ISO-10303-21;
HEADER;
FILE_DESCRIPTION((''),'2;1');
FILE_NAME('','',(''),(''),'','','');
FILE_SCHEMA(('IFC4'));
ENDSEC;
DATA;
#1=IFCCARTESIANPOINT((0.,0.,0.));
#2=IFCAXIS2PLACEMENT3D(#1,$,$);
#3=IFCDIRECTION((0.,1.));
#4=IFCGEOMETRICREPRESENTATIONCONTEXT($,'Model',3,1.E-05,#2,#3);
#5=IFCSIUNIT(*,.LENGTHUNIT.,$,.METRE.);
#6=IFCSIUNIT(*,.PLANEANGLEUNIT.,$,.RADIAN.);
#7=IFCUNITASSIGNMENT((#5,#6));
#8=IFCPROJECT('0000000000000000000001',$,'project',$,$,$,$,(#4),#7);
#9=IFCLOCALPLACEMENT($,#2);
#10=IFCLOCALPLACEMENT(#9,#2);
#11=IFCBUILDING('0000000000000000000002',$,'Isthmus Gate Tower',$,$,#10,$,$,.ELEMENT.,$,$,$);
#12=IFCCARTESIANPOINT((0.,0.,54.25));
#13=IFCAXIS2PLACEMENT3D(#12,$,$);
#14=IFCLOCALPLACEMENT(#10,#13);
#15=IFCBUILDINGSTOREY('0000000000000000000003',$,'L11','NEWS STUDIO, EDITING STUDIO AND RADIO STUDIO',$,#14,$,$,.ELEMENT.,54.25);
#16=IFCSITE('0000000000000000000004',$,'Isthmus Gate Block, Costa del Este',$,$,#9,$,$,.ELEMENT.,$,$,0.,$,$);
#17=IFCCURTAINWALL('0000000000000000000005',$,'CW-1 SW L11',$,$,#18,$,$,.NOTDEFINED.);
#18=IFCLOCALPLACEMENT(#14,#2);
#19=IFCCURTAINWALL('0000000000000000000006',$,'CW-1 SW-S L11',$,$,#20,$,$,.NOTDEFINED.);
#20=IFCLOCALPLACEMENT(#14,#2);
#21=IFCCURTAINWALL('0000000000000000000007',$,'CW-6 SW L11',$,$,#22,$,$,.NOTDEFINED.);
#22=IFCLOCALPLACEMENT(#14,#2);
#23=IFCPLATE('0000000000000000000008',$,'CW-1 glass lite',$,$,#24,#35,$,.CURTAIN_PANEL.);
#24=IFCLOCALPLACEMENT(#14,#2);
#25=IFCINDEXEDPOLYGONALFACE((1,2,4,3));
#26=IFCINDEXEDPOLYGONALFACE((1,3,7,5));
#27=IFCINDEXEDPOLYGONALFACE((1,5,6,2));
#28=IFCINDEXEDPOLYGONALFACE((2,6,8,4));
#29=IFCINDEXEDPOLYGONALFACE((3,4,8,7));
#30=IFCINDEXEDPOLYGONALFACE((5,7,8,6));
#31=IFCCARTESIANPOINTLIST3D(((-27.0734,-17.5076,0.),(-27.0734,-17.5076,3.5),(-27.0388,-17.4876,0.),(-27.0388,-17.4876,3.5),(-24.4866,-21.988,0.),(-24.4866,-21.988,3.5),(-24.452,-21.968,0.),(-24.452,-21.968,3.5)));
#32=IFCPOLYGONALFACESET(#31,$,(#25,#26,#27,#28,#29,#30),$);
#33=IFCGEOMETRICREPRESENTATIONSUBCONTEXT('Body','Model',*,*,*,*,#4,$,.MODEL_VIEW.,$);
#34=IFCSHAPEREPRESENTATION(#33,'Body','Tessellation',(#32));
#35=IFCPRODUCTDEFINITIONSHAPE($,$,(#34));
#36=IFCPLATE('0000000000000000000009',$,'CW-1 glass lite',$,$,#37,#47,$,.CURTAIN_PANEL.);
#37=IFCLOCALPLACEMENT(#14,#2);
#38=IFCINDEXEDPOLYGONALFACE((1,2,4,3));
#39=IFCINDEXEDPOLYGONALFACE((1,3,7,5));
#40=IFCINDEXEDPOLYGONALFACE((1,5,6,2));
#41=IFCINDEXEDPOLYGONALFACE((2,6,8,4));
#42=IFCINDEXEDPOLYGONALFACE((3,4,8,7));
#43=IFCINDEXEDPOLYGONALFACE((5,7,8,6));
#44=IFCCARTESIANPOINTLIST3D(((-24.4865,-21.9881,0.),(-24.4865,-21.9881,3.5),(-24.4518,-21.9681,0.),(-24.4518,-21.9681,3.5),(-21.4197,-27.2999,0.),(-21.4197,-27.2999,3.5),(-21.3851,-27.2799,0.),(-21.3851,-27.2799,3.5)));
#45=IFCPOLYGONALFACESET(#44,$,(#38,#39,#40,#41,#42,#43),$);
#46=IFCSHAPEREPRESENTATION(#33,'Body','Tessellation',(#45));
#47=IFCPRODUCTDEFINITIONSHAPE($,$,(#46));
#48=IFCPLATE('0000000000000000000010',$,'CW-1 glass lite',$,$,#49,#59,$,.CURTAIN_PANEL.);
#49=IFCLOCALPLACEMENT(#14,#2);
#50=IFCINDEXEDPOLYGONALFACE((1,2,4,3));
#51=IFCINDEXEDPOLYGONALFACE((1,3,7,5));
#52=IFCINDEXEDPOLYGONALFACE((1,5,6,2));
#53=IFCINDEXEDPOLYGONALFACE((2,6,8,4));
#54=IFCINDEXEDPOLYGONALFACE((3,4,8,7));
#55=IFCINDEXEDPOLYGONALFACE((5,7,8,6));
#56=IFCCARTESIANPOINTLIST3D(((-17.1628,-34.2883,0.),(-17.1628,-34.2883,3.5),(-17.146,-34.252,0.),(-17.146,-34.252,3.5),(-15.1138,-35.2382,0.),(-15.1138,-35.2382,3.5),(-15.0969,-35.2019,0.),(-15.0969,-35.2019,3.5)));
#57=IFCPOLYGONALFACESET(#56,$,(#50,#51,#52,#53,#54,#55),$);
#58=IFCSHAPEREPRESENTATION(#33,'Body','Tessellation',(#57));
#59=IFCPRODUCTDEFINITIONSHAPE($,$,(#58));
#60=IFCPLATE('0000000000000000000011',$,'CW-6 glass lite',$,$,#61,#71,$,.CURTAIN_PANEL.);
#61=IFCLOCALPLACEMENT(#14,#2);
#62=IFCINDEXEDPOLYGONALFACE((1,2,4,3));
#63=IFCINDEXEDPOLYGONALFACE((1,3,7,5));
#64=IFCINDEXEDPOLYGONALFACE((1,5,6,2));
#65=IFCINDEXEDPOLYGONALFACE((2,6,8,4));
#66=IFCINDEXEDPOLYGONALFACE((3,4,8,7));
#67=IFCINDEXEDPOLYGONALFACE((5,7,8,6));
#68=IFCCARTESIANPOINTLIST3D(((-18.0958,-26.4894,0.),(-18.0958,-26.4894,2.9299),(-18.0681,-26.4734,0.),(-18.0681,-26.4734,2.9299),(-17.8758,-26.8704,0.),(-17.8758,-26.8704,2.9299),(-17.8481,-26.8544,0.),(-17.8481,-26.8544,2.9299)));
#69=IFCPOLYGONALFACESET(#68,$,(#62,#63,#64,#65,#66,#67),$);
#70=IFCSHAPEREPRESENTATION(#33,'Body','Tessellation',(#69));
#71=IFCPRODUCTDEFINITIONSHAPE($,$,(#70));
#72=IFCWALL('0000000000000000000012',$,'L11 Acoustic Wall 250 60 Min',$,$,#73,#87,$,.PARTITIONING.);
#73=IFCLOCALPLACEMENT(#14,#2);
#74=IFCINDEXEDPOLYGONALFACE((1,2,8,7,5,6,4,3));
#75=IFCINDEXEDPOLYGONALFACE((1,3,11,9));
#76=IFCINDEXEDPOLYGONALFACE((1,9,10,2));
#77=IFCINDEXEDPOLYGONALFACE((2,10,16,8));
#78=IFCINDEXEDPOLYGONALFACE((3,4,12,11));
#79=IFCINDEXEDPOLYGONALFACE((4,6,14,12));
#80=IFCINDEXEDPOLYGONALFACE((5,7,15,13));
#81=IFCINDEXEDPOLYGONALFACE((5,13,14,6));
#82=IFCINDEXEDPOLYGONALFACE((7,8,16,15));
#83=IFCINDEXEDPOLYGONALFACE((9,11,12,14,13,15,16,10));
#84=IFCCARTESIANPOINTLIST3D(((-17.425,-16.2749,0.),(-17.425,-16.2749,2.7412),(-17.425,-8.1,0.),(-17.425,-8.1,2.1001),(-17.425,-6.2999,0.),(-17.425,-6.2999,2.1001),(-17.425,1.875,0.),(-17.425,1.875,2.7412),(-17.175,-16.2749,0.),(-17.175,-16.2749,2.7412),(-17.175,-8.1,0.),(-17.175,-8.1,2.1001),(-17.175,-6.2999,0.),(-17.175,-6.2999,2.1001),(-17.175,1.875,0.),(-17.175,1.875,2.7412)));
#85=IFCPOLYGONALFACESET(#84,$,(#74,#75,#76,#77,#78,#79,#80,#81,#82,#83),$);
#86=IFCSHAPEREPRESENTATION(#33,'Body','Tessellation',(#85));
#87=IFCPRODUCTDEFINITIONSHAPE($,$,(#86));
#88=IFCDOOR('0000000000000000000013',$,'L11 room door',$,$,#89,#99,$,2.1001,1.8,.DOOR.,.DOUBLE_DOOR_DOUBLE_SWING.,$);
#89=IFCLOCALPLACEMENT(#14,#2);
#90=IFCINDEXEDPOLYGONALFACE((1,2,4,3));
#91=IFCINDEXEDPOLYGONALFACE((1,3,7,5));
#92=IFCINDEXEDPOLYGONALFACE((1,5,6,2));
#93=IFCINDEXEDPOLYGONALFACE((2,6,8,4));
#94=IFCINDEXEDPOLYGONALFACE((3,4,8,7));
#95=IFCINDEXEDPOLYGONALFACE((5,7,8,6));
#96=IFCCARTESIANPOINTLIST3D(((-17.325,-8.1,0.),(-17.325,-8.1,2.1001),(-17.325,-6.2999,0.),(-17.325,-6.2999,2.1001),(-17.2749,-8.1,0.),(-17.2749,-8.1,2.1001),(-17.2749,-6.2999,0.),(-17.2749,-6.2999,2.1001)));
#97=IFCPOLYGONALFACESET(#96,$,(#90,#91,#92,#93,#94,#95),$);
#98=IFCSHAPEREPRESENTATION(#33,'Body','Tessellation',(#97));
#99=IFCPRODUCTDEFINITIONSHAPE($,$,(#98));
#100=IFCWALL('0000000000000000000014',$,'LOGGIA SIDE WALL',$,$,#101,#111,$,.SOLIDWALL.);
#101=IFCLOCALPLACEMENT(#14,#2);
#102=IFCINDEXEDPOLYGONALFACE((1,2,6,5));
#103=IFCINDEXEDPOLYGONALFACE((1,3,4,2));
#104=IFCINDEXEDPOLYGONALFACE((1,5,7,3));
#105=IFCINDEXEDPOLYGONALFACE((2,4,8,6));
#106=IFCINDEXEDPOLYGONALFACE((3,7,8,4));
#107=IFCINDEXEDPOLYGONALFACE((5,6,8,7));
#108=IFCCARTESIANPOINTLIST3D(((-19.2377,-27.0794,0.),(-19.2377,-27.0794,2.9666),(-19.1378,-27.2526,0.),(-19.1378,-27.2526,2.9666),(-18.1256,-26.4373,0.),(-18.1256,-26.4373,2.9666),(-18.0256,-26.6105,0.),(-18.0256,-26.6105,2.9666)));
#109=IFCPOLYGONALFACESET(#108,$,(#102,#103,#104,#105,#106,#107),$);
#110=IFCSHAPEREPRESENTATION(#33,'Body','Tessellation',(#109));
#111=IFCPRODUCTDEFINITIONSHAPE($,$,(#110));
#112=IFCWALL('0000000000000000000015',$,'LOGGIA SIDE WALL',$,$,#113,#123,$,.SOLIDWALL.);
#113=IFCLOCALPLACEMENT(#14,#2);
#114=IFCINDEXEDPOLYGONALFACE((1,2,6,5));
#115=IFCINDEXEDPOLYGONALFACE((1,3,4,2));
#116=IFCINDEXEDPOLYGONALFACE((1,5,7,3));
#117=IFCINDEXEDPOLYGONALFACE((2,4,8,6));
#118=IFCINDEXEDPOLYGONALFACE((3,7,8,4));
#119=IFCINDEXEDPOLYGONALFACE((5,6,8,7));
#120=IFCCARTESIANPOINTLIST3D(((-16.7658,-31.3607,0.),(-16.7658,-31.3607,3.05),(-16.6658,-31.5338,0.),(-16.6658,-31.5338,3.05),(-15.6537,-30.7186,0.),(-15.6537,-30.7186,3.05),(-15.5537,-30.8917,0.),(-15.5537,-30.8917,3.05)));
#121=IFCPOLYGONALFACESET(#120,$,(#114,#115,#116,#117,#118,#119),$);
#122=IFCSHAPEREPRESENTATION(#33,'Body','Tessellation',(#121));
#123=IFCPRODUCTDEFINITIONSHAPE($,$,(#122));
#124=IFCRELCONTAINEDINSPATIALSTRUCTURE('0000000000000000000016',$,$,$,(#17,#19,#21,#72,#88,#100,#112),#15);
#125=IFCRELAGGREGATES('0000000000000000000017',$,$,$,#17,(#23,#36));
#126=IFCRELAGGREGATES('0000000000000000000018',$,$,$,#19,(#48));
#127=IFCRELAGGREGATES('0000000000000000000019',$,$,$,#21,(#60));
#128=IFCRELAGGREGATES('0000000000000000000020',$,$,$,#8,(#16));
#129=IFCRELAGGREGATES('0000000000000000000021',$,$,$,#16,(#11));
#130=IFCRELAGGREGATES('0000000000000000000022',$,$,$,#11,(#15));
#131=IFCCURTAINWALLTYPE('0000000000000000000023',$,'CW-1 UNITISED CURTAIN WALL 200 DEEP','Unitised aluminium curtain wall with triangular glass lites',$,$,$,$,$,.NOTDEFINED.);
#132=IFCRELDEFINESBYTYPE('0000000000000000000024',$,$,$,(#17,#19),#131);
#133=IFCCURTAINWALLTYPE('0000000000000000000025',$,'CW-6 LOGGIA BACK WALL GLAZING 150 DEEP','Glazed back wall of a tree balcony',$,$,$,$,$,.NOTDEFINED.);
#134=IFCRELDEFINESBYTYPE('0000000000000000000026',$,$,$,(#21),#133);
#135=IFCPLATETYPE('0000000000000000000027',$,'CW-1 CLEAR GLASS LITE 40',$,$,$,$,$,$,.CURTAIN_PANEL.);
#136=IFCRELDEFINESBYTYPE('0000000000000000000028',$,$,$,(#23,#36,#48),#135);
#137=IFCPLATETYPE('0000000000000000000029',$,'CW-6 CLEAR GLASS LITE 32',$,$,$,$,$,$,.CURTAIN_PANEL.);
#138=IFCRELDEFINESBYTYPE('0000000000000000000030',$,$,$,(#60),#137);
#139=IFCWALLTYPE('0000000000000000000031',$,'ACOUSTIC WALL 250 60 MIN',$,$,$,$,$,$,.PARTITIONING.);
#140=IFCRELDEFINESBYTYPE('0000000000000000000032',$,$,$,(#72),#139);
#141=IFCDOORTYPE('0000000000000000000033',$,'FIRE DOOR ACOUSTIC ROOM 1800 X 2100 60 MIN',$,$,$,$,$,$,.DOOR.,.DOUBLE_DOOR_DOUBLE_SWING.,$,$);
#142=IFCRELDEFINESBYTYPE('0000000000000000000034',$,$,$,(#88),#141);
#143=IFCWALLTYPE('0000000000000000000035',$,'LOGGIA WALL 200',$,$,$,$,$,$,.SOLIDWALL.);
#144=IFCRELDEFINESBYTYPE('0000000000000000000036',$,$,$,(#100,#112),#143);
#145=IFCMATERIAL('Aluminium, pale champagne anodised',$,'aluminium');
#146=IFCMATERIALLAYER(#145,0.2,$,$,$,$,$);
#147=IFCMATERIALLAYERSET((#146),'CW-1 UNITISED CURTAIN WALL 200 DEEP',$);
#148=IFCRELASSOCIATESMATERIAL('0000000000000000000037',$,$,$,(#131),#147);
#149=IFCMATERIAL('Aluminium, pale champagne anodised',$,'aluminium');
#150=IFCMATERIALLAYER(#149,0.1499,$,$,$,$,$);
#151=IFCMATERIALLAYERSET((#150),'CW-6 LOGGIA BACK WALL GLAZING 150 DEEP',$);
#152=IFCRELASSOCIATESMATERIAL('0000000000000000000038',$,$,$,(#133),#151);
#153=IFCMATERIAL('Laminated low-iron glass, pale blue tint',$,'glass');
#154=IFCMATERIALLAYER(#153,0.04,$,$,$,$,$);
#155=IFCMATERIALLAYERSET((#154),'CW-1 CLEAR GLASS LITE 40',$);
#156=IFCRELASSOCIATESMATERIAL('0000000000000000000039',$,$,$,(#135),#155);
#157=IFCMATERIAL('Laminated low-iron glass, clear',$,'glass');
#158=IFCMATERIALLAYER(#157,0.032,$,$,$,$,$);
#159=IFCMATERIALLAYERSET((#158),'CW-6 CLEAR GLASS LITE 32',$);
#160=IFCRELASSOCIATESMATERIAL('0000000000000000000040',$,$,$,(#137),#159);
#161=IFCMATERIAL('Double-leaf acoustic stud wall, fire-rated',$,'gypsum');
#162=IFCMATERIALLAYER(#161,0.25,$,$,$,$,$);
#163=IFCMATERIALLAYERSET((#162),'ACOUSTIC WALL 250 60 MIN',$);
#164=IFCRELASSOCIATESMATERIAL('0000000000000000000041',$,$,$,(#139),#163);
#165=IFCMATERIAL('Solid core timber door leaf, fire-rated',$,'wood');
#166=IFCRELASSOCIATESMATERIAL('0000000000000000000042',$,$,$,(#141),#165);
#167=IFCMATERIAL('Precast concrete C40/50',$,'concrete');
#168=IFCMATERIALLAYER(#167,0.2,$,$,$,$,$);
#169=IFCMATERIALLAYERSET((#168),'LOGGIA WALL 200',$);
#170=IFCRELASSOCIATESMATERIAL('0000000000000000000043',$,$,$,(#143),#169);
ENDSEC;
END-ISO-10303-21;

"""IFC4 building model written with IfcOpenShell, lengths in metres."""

from ifc_helpers import new_model, si_unit, direction, frame, frame_2d, origin, origin_2d, place, context, subcontext, project, spatial, rectangle, extrude, material, layer, layer_set, type_object, element, fill, aggregate, save


model = new_model("IFC4")

# Units and contexts
model_context = context("Model", 3, precision=1e-05, world=origin(), true_north=direction((0.0, 1.0)))
body_context = subcontext(model_context, "Body", "Model", "MODEL_VIEW")
ifc_project = project(units=[si_unit("LENGTHUNIT", "METRE"), si_unit("PLANEANGLEUNIT", "RADIAN")], contexts=[model_context])

# Site, building, storey
site_placement = place(None, origin())
site = spatial("IfcSite", under=ifc_project, at=site_placement, Name="Isthmus Gate Block, Costa del Este", CompositionType="ELEMENT", RefElevation=0.0)
building_placement = place(site_placement, origin())
building = spatial("IfcBuilding", under=site, at=building_placement, Name="Isthmus Gate Tower", CompositionType="ELEMENT")
storey_placement = place(building_placement, frame((0.0, 0.0, 54.25)))
storey = spatial("IfcBuildingStorey", under=building, at=storey_placement, Name="L11", Description="NEWS STUDIO, EDITING STUDIO AND RADIO STUDIO", CompositionType="ELEMENT", Elevation=54.25)

# Curtain walls
ifc_material_1 = material(Name="Aluminium, pale champagne anodised", Category="aluminium")
ifc_layer_1 = layer(ifc_material_1, 0.2)
ifc_layer_set_1 = layer_set([ifc_layer_1], Name="CW-1 UNITISED CURTAIN WALL 200 DEEP")
curtain_wall_type_1 = type_object("IfcCurtainWallType", Name="CW-1 UNITISED CURTAIN WALL 200 DEEP", Description="Unitised aluminium curtain wall with triangular glass lites", PredefinedType="NOTDEFINED", material=ifc_layer_set_1)
curtain_wall_1_placement = place(storey_placement, origin())
curtain_wall_1 = element("IfcCurtainWall", 1, at=curtain_wall_1_placement, inside=storey, type_object=curtain_wall_type_1, Name="CW-1 SW L11", PredefinedType="NOTDEFINED")
curtain_wall_2_placement = place(storey_placement, origin())
curtain_wall_2 = element("IfcCurtainWall", 2, at=curtain_wall_2_placement, inside=storey, type_object=curtain_wall_type_1, Name="CW-1 SW-S L11", PredefinedType="NOTDEFINED")

# Curtain wall
ifc_material_2 = material(Name="Aluminium, pale champagne anodised", Category="aluminium")
ifc_layer_2 = layer(ifc_material_2, 0.1499)
ifc_layer_set_2 = layer_set([ifc_layer_2], Name="CW-6 LOGGIA BACK WALL GLAZING 150 DEEP")
curtain_wall_type_2 = type_object("IfcCurtainWallType", Name="CW-6 LOGGIA BACK WALL GLAZING 150 DEEP", Description="Glazed back wall of a tree balcony", PredefinedType="NOTDEFINED", material=ifc_layer_set_2)
curtain_wall_3_placement = place(storey_placement, origin())
curtain_wall_3 = element("IfcCurtainWall", 3, at=curtain_wall_3_placement, inside=storey, type_object=curtain_wall_type_2, Name="CW-6 SW L11", PredefinedType="NOTDEFINED")

# Plates
ifc_material_3 = material(Name="Laminated low-iron glass, pale blue tint", Category="glass")
ifc_layer_3 = layer(ifc_material_3, 0.04)
ifc_layer_set_3 = layer_set([ifc_layer_3], Name="CW-1 CLEAR GLASS LITE 40")
plate_type_1 = type_object("IfcPlateType", Name="CW-1 CLEAR GLASS LITE 40", PredefinedType="CURTAIN_PANEL", material=ifc_layer_set_3)
plate_1_placement = place(storey_placement, frame((-25.7627, -19.7378, 0.0), z_axis=(0.0, 0.0, 1.0), x_axis=(0.5, -0.866025, 0.0)))
plate_1 = element("IfcPlate", 4, at=plate_1_placement, type_object=plate_type_1, Name="CW-1 glass lite", PredefinedType="CURTAIN_PANEL", context=body_context, shape_type="SweptSolid", body=[
    extrude(rectangle(XDim=5.1736, YDim=0.04, at=origin_2d()), origin(), (0.0, 0.0, 1.0), 3.5),
])
plate_2_placement = place(storey_placement, frame((-22.9358, -24.634, 0.0), z_axis=(0.0, 0.0, 1.0), x_axis=(0.5, -0.866025, 0.0)))
plate_2 = element("IfcPlate", 5, at=plate_2_placement, type_object=plate_type_1, Name="CW-1 glass lite", PredefinedType="CURTAIN_PANEL", context=body_context, shape_type="SweptSolid", body=[
    extrude(rectangle(XDim=6.1335, YDim=0.04, at=origin_2d()), origin(), (0.0, 0.0, 1.0), 3.5),
])
aggregate(curtain_wall_1, [plate_1, plate_2])
plate_3_placement = place(storey_placement, frame((-16.1299, -34.7451, 0.0), z_axis=(0.0, 0.0, 1.0), x_axis=(0.907256, -0.420578, 0.0)))
plate_3 = element("IfcPlate", 6, at=plate_3_placement, type_object=plate_type_1, Name="CW-1 glass lite", PredefinedType="CURTAIN_PANEL", context=body_context, shape_type="SweptSolid", body=[
    extrude(rectangle(XDim=2.2585, YDim=0.04, at=origin_2d()), origin(), (0.0, 0.0, 1.0), 3.5),
])
aggregate(curtain_wall_2, [plate_3])
ifc_material_4 = material(Name="Laminated low-iron glass, clear", Category="glass")
ifc_layer_4 = layer(ifc_material_4, 0.032)
ifc_layer_set_4 = layer_set([ifc_layer_4], Name="CW-6 CLEAR GLASS LITE 32")
plate_type_2 = type_object("IfcPlateType", Name="CW-6 CLEAR GLASS LITE 32", PredefinedType="CURTAIN_PANEL", material=ifc_layer_set_4)
plate_4_placement = place(storey_placement, frame((-17.9719, -26.6719, 0.0), z_axis=(0.0, 0.0, 1.0), x_axis=(0.5, -0.866025, 0.0)))
plate_4 = element("IfcPlate", 7, at=plate_4_placement, type_object=plate_type_2, Name="CW-6 glass lite", PredefinedType="CURTAIN_PANEL", context=body_context, shape_type="SweptSolid", body=[
    extrude(rectangle(XDim=0.4399, YDim=0.032, at=origin_2d()), origin(), (0.0, 0.0, 1.0), 2.9299),
])
aggregate(curtain_wall_3, [plate_4])

# Wall, opening, door
ifc_material_5 = material(Name="Double-leaf acoustic stud wall, fire-rated", Category="gypsum")
ifc_layer_5 = layer(ifc_material_5, 0.25)
ifc_layer_set_5 = layer_set([ifc_layer_5], Name="ACOUSTIC WALL 250 60 MIN")
wall_type_1 = type_object("IfcWallType", Name="ACOUSTIC WALL 250 60 MIN", PredefinedType="PARTITIONING", material=ifc_layer_set_5)
wall_1_placement = place(storey_placement, frame((-17.3, -16.2749, 0.0), z_axis=(0.0, 0.0, 1.0), x_axis=(0.0, 1.0, 0.0)))
wall_1 = element("IfcWall", 8, at=wall_1_placement, inside=storey, type_object=wall_type_1, Name="L11 Acoustic Wall 250 60 Min", PredefinedType="PARTITIONING", context=body_context, shape_type="SweptSolid", body=[
    extrude(rectangle(XDim=18.1499, YDim=0.25, at=frame_2d((9.075, 0.0))), origin(), (0.0, 0.0, 1.0), 2.7412),
])
opening_1_placement = place(wall_1_placement, frame((8.175, 0.0, 0.0)))
opening_1 = element("IfcOpeningElement", 9, at=opening_1_placement, cuts=wall_1, PredefinedType="OPENING", context=body_context, shape_type="SweptSolid", body=[
    extrude(rectangle(XDim=1.8, YDim=2.1001, at=frame_2d((0.8999, 1.05))), frame((0.0, 0.135, 0.0), z_axis=(0.0, -1.0, 0.0), x_axis=(1.0, 0.0, 0.0)), (0.0, 0.0, 1.0), 0.27),
])
ifc_material_6 = material(Name="Solid core timber door leaf, fire-rated", Category="wood")
door_type_1 = type_object("IfcDoorType", Name="FIRE DOOR ACOUSTIC ROOM 1800 X 2100 60 MIN", OperationType="DOUBLE_DOOR_DOUBLE_SWING", PredefinedType="DOOR", material=ifc_material_6)
door_1_placement = place(opening_1_placement, origin())
door_1 = element("IfcDoor", 10, at=door_1_placement, inside=storey, type_object=door_type_1, Name="L11 room door", OperationType="DOUBLE_DOOR_DOUBLE_SWING", OverallHeight=2.1001, OverallWidth=1.8, PredefinedType="DOOR", context=body_context, shape_type="SweptSolid", body=[
    extrude(rectangle(XDim=1.8, YDim=2.1001, at=frame_2d((0.8999, 1.05))), frame((0.0, 0.0249, 0.0), z_axis=(0.0, -1.0, 0.0), x_axis=(1.0, 0.0, 0.0)), (0.0, 0.0, 1.0), 0.05),
])
fill(opening_1, door_1)
ifc_material_7 = material(Name="Precast concrete C40/50", Category="concrete")
ifc_layer_6 = layer(ifc_material_7, 0.2)
ifc_layer_set_6 = layer_set([ifc_layer_6], Name="LOGGIA WALL 200")
wall_type_2 = type_object("IfcWallType", Name="LOGGIA WALL 200", PredefinedType="SOLIDWALL", material=ifc_layer_set_6)

# Walls
wall_2_placement = place(storey_placement, frame((-19.1877, -27.166, 0.0), z_axis=(0.0, 0.0, 1.0), x_axis=(0.866011, 0.500024, 0.0)))
element("IfcWall", 11, at=wall_2_placement, inside=storey, type_object=wall_type_2, Name="LOGGIA SIDE WALL", PredefinedType="SOLIDWALL", context=body_context, shape_type="SweptSolid", body=[
    extrude(rectangle(XDim=1.2842, YDim=0.2, at=frame_2d((0.6421, 0.0))), origin(), (0.0, 0.0, 1.0), 2.9666),
])
wall_3_placement = place(storey_placement, frame((-16.7158, -31.4473, 0.0), z_axis=(0.0, 0.0, 1.0), x_axis=(0.866011, 0.500024, 0.0)))
element("IfcWall", 12, at=wall_3_placement, inside=storey, type_object=wall_type_2, Name="LOGGIA SIDE WALL", PredefinedType="SOLIDWALL", context=body_context, shape_type="SweptSolid", body=[
    extrude(rectangle(XDim=1.2842, YDim=0.2, at=frame_2d((0.6421, 0.0))), origin(), (0.0, 0.0, 1.0), 3.05),
])

save(model, "model.ifc")
